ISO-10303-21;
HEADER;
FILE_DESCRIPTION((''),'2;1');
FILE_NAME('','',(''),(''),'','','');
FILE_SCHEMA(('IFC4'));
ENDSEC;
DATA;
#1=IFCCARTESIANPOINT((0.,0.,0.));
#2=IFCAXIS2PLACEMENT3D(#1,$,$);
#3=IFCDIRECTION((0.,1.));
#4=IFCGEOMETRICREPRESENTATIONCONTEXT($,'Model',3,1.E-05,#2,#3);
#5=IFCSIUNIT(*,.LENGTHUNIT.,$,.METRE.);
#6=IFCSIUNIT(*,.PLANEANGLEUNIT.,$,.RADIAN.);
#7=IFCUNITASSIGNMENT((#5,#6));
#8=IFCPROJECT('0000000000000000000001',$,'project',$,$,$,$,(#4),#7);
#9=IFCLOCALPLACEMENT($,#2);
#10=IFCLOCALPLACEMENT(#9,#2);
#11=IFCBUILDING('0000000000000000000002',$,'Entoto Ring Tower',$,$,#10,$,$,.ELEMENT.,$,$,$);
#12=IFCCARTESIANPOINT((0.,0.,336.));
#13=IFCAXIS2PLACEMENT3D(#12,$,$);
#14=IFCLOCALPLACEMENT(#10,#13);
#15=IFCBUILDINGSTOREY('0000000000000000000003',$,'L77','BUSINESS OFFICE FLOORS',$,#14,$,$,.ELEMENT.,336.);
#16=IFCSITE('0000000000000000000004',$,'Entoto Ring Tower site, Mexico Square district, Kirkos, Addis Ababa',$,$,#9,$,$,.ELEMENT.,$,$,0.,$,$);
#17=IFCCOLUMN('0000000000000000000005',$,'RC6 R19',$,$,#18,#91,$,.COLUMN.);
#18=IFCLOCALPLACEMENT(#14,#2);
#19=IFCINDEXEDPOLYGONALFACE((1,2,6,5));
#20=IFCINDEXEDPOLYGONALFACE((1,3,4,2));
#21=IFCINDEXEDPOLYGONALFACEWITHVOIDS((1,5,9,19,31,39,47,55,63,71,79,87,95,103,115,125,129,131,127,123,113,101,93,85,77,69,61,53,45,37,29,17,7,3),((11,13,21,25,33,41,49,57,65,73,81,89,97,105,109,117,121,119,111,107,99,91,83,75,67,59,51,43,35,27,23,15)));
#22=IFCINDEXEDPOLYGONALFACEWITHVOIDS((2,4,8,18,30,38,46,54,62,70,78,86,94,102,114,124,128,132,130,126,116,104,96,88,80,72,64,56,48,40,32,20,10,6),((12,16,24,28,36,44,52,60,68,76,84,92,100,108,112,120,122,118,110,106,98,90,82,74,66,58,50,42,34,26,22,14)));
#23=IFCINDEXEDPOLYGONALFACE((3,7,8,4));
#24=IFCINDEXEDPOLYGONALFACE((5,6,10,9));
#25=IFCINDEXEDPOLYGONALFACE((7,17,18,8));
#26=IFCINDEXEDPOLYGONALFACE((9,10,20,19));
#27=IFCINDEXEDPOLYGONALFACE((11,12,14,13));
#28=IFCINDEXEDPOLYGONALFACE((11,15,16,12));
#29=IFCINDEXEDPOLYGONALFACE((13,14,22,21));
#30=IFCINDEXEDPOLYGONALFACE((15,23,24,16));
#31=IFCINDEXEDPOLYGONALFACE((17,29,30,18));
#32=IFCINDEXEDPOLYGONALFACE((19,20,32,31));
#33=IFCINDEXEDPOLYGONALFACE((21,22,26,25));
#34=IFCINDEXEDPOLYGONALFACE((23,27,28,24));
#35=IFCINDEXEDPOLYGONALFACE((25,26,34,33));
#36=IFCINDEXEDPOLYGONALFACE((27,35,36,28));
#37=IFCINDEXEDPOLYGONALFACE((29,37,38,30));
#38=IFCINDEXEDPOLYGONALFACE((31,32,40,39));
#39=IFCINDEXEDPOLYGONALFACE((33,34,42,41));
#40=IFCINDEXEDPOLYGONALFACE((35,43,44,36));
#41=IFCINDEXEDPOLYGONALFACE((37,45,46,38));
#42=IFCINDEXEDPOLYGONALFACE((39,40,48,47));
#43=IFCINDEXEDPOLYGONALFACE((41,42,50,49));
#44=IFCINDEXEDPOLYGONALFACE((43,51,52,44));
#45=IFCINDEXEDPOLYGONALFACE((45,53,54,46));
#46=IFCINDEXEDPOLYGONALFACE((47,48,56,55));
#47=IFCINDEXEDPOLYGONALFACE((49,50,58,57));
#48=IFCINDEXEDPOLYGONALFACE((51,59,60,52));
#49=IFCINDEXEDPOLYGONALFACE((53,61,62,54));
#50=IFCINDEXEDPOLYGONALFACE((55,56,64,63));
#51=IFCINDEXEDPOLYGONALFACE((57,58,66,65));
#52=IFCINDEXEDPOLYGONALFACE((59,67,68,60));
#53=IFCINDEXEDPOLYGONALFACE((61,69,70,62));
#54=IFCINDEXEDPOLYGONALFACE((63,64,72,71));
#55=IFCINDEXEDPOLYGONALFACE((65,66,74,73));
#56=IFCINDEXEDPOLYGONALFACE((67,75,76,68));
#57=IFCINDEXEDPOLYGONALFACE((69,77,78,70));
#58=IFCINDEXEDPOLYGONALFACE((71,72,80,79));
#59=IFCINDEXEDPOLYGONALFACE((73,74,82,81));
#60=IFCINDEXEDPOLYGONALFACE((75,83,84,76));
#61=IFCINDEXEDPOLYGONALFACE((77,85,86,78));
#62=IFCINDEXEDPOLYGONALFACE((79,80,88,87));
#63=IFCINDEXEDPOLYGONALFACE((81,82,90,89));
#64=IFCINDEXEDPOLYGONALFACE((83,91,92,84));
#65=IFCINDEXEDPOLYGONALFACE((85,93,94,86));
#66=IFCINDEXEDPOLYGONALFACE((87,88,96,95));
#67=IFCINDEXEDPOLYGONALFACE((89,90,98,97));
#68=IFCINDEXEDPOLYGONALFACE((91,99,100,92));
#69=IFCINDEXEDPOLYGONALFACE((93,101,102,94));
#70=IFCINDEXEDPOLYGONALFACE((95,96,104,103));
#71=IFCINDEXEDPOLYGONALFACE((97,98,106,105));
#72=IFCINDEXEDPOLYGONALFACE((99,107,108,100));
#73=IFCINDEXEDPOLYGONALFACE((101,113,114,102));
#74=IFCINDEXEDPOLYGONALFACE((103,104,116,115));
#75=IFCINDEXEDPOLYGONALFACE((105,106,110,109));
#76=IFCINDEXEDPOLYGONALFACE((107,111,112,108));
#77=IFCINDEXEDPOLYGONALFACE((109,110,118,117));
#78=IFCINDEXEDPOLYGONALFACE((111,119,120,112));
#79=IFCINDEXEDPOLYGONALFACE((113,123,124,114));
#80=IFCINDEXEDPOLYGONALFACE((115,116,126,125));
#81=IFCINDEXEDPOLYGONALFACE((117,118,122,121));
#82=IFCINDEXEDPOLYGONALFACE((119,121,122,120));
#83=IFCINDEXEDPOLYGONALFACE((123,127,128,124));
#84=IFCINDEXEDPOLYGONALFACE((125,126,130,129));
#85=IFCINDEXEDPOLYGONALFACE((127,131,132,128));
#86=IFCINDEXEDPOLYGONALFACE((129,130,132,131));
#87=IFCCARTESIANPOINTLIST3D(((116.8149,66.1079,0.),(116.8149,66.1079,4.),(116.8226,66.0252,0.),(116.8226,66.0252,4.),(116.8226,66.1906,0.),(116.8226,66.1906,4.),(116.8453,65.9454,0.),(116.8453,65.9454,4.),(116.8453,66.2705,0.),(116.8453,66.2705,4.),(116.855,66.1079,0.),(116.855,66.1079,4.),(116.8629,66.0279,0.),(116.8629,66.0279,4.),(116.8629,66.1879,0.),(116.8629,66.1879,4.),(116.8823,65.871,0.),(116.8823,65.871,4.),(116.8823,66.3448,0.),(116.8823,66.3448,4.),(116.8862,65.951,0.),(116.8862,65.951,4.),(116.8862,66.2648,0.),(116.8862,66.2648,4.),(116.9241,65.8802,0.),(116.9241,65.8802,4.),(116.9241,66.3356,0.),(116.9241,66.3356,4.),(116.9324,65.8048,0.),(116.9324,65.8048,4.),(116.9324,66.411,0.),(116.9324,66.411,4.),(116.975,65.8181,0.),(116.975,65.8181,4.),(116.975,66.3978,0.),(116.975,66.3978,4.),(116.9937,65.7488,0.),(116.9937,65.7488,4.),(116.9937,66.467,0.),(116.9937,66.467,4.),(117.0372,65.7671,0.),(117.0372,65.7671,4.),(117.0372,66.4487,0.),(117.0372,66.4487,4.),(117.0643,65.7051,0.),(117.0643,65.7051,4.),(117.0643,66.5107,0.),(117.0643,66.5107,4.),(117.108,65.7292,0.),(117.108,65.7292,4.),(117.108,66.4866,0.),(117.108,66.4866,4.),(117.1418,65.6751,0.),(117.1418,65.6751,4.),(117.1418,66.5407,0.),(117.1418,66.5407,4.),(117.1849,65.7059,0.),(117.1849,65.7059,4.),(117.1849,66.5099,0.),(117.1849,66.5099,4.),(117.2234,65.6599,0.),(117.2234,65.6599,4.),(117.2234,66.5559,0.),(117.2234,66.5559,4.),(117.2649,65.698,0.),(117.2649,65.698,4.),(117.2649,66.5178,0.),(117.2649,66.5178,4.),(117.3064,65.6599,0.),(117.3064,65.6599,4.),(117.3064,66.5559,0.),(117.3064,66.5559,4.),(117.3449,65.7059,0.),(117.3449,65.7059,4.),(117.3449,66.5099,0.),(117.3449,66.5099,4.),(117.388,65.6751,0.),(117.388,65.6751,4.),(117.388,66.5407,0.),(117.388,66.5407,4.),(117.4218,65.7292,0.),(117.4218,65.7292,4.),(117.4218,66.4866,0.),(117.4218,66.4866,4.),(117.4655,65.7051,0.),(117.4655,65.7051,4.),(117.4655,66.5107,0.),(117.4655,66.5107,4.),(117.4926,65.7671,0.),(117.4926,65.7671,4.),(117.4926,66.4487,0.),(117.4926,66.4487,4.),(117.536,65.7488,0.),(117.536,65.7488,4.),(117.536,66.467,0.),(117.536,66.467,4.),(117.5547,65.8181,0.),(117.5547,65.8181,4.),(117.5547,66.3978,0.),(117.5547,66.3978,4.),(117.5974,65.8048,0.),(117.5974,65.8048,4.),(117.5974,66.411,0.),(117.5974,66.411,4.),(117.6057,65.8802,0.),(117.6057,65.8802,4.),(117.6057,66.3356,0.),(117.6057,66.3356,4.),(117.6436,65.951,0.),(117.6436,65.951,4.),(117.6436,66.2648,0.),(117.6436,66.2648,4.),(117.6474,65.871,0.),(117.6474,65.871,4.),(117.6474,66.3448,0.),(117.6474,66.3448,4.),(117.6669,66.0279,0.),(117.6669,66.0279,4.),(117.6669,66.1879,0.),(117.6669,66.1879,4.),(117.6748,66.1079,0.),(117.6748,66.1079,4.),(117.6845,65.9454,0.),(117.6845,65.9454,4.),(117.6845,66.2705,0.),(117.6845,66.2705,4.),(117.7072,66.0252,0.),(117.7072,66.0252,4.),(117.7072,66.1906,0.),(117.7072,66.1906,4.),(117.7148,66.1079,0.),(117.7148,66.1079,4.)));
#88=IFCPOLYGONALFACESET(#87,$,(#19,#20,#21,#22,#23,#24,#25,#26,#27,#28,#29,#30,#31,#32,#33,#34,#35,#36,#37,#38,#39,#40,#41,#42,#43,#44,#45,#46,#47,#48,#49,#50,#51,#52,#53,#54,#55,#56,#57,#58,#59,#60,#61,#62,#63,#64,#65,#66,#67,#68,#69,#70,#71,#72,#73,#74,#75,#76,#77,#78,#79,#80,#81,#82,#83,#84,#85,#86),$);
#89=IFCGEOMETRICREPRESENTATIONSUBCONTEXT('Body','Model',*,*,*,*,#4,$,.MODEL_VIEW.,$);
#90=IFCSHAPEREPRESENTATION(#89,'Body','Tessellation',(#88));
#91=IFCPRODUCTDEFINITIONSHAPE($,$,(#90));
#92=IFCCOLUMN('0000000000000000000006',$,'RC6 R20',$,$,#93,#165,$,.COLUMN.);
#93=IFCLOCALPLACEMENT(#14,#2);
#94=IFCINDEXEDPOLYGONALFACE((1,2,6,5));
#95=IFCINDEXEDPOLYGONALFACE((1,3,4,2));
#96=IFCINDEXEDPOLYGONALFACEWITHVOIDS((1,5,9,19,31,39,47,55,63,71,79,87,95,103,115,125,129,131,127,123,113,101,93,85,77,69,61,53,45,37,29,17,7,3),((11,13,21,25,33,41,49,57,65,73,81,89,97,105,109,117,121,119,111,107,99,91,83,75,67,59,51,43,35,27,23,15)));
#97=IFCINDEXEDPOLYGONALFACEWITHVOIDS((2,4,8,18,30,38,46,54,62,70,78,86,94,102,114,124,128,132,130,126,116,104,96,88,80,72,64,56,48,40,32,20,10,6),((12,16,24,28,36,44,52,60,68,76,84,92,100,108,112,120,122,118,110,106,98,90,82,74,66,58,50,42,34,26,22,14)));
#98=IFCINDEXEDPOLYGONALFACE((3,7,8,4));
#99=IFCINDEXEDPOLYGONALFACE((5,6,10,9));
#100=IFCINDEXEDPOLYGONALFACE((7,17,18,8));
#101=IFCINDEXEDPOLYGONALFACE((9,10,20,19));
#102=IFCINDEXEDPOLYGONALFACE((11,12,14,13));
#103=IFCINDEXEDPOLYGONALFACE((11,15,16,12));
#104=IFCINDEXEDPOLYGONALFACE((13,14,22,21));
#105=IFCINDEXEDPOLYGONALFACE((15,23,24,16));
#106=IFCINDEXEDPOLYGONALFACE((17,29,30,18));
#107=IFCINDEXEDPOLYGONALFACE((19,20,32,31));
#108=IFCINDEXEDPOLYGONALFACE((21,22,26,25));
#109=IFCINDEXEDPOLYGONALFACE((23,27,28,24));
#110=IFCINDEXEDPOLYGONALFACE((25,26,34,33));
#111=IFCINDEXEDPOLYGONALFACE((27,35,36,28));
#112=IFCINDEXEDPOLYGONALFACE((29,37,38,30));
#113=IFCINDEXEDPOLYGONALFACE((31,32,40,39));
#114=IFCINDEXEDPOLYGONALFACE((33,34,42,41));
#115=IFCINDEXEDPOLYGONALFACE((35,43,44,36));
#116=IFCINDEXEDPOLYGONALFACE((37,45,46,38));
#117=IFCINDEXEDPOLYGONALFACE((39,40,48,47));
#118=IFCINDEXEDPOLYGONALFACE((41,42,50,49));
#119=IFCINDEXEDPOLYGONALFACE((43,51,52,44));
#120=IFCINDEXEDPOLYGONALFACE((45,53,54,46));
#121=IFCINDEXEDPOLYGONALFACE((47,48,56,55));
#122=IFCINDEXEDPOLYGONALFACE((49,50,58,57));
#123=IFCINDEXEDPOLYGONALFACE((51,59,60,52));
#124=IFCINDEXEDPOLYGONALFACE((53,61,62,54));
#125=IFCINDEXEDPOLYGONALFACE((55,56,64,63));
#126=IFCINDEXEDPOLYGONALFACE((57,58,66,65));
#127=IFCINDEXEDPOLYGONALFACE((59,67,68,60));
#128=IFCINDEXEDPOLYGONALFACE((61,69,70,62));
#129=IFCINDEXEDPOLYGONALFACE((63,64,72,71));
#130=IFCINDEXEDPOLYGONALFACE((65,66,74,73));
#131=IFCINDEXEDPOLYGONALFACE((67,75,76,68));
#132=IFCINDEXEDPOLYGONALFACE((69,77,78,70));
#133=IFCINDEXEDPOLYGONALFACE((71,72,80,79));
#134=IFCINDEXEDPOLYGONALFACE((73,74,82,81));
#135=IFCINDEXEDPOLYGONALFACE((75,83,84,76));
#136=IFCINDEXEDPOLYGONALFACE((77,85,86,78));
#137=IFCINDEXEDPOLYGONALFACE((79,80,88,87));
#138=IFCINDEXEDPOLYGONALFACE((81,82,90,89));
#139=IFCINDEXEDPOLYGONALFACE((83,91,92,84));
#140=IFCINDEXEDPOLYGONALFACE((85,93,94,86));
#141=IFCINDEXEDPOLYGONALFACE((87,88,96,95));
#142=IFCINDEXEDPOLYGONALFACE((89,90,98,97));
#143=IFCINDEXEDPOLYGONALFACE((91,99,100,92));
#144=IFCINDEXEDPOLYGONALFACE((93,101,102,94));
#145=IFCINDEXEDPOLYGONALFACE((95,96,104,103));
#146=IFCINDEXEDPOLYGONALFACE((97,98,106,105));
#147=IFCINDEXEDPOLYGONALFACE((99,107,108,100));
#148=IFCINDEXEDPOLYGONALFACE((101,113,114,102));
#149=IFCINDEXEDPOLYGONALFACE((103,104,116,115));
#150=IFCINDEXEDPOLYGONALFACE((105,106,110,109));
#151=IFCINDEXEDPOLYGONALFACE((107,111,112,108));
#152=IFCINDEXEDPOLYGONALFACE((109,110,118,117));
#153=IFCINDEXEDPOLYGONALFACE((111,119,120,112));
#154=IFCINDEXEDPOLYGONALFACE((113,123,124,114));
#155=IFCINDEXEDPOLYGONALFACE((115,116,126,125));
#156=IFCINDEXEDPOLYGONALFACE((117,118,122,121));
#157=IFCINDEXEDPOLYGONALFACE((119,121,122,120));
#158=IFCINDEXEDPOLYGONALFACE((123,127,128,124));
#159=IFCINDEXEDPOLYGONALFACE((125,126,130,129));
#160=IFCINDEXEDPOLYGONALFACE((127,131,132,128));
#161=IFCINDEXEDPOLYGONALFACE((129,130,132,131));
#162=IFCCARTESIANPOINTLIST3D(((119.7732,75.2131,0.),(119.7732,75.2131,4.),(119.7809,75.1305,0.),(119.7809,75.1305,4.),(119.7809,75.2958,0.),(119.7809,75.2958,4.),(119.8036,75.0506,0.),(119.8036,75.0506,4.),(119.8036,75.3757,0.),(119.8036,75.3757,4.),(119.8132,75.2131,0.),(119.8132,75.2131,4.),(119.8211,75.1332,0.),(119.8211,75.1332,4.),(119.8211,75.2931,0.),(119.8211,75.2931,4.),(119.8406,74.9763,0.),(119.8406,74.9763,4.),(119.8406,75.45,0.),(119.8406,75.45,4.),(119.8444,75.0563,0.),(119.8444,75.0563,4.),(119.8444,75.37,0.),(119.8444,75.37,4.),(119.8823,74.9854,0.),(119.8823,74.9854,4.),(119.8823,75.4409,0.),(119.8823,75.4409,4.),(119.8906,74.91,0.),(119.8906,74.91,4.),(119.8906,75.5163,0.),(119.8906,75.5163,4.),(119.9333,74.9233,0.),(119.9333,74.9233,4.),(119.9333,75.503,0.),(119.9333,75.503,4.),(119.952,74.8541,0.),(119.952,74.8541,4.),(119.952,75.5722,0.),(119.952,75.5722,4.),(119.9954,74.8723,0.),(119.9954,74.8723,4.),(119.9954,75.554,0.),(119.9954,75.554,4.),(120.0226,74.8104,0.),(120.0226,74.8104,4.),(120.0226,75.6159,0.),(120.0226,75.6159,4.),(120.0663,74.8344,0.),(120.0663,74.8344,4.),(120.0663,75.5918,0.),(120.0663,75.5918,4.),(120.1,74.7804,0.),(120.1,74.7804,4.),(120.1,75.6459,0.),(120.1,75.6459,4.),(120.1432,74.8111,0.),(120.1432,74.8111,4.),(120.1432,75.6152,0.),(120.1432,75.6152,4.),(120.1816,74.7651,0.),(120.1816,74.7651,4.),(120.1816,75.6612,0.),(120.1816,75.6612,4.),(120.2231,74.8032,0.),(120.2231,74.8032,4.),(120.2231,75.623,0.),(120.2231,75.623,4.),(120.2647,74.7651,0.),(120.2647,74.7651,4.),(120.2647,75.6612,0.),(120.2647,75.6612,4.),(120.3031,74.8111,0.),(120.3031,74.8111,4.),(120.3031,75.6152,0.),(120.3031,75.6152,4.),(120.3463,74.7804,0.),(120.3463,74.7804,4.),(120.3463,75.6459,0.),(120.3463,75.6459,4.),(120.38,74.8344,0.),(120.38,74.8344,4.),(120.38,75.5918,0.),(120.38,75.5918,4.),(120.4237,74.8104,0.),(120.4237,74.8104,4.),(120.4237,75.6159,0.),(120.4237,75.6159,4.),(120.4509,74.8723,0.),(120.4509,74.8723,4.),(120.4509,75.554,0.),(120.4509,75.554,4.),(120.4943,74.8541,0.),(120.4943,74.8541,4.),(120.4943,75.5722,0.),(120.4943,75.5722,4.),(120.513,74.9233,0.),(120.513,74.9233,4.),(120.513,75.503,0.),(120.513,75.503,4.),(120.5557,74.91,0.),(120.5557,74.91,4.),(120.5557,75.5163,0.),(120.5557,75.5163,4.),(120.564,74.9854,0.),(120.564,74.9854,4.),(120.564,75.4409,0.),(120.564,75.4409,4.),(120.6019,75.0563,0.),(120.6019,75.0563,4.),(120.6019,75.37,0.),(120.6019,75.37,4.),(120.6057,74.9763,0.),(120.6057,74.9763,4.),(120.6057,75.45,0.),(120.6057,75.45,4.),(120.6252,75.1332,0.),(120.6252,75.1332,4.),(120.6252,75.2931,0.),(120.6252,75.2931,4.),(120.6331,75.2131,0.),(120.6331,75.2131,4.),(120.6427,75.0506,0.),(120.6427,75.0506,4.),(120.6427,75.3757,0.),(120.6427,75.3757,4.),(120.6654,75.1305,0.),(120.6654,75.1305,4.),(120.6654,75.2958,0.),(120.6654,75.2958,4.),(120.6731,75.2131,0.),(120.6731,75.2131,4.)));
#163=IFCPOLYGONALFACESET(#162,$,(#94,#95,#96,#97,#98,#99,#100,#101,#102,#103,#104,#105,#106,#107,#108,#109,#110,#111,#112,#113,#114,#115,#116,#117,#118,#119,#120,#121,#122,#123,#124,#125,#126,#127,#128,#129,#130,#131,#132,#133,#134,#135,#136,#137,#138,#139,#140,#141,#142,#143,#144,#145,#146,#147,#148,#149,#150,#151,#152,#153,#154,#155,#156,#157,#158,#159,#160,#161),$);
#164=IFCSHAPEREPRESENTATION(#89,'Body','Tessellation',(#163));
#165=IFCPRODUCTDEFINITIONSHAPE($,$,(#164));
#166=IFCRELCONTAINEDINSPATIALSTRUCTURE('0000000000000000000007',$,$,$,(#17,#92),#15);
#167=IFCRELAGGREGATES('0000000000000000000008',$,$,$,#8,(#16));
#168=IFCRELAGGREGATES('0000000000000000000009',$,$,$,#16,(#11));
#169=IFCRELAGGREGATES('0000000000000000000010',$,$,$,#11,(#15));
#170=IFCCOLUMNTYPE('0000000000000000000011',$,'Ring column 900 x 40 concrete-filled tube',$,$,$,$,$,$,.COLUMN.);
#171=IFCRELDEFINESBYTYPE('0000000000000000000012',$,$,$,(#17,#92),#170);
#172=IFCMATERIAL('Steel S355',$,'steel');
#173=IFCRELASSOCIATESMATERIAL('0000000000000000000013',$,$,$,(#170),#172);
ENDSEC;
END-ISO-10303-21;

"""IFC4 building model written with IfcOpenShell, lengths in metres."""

from ifc_helpers import new_model, si_unit, direction, frame, origin, origin_2d, place, context, subcontext, project, spatial, circle, hollow_circle, extrude, material, material_profile, profile_set, type_object, element, save


model = new_model("IFC4")

# Units and contexts
model_context = context("Model", 3, precision=1e-05, world=origin(), true_north=direction((0.0, 1.0)))
body_context = subcontext(model_context, "Body", "Model", "MODEL_VIEW")
ifc_project = project(units=[si_unit("LENGTHUNIT", "METRE"), si_unit("PLANEANGLEUNIT", "RADIAN")], contexts=[model_context])

# Site, building, storey
site_placement = place(None, origin())
site = spatial("IfcSite", under=ifc_project, at=site_placement, Name="Entoto Ring Tower site, Mexico Square district, Kirkos, Addis Ababa", CompositionType="ELEMENT", RefElevation=0.0)
building_placement = place(site_placement, origin())
building = spatial("IfcBuilding", under=site, at=building_placement, Name="Entoto Ring Tower", CompositionType="ELEMENT")
storey_placement = place(building_placement, frame((0.0, 0.0, 336.0)))
storey = spatial("IfcBuildingStorey", under=building, at=storey_placement, Name="L77", Description="BUSINESS OFFICE FLOORS", CompositionType="ELEMENT", Elevation=336.0)

# Columns
ifc_material_1 = material(Name="Steel S355", Category="steel")
ifc_material_profile_1 = material_profile(ifc_material_1, hollow_circle(Radius=0.45, WallThickness=0.04, at=origin_2d()), Name="CHS 900 x 40")
ifc_material_2 = material(Name="Concrete C60/75", Category="concrete")
ifc_material_profile_2 = material_profile(ifc_material_2, circle(Radius=0.4099, at=origin_2d()), Name="Concrete C60/75 infill")
ifc_profile_set_1 = profile_set([ifc_material_profile_1, ifc_material_profile_2], Name="Steel S355")
column_type = type_object("IfcColumnType", Name="Ring column 900 x 40 concrete-filled tube", PredefinedType="COLUMN", material=ifc_profile_set_1)
for number, where, z_axis, x_axis, name in (
    (1, (117.2649, 66.1079, 0.0), (0.0, 0.0, 1.0), (1.0, 0.0, 0.0), "RC6 R19"),
    (2, (120.2231, 75.2131, 0.0), (0.0, 0.0, 1.0), (1.0, 0.0, 0.0), "RC6 R20"),
):
    element("IfcColumn", number, at=place(storey_placement, frame(where, z_axis=z_axis, x_axis=x_axis)), inside=storey, type_object=column_type, Name=name, PredefinedType="COLUMN", context=body_context, shape_type="SweptSolid", body=[
        extrude(hollow_circle(Radius=0.45, WallThickness=0.04, at=origin_2d()), origin(), (0.0, 0.0, 1.0), 4.0),
    ])

save(model, "model.ifc")
